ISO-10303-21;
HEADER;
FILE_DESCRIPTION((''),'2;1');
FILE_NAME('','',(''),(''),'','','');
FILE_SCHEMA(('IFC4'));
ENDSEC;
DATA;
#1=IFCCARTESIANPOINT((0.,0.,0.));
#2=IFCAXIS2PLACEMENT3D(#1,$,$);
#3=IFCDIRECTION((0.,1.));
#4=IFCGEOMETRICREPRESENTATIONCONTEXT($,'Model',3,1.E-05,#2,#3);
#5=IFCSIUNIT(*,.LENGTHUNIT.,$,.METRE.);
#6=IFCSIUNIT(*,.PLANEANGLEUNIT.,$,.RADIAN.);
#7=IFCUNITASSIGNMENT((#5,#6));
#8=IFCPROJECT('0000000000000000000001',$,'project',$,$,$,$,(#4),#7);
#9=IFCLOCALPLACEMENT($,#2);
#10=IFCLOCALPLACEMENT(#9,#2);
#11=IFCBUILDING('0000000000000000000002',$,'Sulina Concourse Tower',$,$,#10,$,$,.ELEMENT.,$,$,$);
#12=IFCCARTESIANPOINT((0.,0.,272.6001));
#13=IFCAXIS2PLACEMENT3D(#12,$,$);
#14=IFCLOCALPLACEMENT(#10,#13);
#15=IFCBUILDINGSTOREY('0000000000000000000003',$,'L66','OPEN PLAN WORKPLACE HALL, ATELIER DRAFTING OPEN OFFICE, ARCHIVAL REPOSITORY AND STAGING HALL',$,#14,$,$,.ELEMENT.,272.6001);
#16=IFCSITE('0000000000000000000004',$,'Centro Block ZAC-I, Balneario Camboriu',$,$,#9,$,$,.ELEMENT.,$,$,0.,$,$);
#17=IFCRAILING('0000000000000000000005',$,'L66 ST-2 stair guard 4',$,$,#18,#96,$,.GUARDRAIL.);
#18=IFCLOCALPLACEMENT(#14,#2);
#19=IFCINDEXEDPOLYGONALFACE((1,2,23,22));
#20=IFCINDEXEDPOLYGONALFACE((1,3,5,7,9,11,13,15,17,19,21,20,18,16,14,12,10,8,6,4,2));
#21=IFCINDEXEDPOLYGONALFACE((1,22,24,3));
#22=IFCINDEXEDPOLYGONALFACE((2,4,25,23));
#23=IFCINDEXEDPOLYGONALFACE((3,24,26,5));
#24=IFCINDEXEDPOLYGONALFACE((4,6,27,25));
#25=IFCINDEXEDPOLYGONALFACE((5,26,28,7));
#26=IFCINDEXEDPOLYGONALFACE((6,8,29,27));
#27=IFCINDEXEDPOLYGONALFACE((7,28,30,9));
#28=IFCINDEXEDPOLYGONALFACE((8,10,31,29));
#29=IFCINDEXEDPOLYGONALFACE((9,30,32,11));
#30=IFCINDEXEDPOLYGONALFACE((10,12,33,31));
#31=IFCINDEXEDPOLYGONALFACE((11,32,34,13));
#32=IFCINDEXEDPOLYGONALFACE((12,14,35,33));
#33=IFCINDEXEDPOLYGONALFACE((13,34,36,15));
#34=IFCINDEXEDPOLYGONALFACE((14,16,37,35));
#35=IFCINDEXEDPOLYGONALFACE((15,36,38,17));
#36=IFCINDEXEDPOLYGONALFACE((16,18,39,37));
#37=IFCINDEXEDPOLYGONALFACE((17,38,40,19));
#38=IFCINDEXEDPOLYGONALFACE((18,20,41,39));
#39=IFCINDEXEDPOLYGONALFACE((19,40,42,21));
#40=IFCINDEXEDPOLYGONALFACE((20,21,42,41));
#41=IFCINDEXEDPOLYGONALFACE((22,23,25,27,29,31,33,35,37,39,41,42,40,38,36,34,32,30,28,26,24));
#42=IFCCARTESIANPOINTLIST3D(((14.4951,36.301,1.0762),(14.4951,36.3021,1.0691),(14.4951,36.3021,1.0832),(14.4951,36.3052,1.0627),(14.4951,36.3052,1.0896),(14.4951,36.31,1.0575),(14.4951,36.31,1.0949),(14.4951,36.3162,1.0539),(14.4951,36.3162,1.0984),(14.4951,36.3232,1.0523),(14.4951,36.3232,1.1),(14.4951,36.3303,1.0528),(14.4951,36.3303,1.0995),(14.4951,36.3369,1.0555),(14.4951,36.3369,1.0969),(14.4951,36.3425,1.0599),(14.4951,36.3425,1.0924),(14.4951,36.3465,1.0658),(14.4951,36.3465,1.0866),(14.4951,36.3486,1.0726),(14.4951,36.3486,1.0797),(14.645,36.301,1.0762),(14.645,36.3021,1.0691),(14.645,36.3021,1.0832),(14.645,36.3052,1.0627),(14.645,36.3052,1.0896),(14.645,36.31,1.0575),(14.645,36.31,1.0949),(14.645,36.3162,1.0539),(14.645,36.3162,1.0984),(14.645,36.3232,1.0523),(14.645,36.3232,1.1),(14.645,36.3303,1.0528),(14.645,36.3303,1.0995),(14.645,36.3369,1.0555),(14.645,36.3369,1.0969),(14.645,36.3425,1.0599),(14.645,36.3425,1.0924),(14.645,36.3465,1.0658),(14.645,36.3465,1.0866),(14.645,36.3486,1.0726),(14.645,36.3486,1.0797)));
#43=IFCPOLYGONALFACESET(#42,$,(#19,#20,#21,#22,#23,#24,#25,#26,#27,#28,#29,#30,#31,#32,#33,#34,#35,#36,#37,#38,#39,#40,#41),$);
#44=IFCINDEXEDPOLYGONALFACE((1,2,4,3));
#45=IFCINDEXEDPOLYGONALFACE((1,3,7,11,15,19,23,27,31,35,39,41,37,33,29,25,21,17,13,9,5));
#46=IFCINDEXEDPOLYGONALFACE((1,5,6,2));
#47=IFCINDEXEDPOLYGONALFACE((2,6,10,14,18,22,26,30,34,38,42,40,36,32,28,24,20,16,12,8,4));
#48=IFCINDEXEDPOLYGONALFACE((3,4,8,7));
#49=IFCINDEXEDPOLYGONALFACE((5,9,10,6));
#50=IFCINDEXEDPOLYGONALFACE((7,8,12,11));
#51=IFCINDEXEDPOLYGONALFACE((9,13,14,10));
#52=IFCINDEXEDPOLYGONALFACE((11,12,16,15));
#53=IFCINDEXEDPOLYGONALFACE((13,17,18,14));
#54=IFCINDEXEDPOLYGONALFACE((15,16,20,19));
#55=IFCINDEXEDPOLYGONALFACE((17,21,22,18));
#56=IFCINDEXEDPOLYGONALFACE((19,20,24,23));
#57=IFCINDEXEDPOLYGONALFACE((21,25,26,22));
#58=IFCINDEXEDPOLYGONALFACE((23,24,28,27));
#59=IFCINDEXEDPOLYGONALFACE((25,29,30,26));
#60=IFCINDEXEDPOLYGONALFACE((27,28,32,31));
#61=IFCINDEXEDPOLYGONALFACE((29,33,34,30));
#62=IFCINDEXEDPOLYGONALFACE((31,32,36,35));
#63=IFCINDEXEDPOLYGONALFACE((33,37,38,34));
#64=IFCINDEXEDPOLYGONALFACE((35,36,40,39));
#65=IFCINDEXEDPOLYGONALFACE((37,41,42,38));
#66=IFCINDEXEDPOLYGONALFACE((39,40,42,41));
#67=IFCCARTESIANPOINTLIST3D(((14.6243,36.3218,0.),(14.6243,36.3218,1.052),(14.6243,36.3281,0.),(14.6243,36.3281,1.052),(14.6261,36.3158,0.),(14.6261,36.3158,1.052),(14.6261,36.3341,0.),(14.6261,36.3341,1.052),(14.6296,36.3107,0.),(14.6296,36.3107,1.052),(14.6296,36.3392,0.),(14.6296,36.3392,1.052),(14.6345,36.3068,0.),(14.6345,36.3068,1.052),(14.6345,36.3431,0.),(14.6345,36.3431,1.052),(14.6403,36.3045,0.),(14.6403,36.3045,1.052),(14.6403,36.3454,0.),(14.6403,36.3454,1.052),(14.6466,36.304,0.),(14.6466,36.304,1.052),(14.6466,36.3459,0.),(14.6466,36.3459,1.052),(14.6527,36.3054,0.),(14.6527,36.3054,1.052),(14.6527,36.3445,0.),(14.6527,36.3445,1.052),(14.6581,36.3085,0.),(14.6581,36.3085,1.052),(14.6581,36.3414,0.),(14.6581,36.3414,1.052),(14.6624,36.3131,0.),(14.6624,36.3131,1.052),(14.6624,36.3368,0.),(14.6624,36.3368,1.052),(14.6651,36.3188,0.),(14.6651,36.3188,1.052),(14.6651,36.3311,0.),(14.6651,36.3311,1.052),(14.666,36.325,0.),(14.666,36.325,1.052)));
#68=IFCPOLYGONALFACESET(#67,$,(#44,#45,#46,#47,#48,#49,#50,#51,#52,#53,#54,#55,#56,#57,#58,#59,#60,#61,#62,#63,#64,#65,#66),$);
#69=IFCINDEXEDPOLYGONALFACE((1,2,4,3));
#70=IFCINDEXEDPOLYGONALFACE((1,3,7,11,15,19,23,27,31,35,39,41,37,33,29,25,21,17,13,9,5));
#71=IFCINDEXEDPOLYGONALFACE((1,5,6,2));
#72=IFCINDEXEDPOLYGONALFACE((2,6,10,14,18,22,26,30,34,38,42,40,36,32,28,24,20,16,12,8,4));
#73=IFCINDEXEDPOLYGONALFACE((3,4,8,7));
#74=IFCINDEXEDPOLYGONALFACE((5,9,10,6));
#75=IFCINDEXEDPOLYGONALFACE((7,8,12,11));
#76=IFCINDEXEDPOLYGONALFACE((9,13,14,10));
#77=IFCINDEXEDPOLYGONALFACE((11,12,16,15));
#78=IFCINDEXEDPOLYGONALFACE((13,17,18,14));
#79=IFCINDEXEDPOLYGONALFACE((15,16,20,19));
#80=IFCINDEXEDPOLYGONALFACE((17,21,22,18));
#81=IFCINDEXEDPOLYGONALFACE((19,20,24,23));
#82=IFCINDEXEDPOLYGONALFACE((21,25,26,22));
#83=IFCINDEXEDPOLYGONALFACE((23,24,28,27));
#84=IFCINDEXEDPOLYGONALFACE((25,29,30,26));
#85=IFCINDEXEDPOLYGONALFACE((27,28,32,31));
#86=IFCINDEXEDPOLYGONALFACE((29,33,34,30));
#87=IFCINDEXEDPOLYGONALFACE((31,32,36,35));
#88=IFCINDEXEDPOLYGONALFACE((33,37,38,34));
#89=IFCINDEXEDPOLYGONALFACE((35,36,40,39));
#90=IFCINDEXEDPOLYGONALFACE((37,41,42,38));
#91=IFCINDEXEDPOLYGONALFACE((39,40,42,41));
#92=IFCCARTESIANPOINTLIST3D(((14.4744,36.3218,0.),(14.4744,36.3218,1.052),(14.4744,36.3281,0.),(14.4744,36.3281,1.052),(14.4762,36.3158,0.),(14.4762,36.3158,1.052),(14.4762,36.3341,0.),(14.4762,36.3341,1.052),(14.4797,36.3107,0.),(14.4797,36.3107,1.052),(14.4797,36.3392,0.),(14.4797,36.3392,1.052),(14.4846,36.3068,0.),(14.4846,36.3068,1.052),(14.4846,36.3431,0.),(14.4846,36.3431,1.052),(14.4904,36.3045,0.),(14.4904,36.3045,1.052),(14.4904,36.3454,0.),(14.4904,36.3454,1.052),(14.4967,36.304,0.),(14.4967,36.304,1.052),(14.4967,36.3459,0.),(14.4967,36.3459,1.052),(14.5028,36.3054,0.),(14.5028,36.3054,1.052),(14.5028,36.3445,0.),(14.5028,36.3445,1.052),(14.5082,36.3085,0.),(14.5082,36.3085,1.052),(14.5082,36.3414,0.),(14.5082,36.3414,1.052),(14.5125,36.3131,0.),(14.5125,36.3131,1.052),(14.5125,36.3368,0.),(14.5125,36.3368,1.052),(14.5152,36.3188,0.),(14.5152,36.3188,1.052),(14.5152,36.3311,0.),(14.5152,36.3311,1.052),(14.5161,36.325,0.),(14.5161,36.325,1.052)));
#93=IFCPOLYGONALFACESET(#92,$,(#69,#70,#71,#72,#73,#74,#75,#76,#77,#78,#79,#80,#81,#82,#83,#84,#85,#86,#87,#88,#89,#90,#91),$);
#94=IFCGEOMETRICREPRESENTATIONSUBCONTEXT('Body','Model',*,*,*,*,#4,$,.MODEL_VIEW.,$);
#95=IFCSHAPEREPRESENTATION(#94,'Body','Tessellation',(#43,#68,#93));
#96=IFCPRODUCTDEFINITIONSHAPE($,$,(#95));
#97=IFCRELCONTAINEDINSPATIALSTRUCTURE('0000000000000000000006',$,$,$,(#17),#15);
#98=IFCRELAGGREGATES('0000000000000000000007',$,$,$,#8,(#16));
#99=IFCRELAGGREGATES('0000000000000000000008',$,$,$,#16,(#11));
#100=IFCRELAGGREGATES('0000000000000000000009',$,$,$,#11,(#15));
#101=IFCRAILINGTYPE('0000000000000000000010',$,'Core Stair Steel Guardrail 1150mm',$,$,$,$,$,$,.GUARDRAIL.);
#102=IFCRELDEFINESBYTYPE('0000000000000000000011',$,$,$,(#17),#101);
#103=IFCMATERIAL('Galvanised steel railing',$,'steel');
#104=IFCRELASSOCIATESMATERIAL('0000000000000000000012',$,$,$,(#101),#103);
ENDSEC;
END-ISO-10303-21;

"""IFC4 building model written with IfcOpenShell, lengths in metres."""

from ifc_helpers import new_model, si_unit, direction, frame, origin, origin_2d, place, context, subcontext, project, spatial, circle, extrude, material, type_object, element, save


model = new_model("IFC4")

# Units and contexts
model_context = context("Model", 3, precision=1e-05, world=origin(), true_north=direction((0.0, 1.0)))
body_context = subcontext(model_context, "Body", "Model", "MODEL_VIEW")
ifc_project = project(units=[si_unit("LENGTHUNIT", "METRE"), si_unit("PLANEANGLEUNIT", "RADIAN")], contexts=[model_context])

# Site, building, storey
site_placement = place(None, origin())
site = spatial("IfcSite", under=ifc_project, at=site_placement, Name="Centro Block ZAC-I, Balneario Camboriu", CompositionType="ELEMENT", RefElevation=0.0)
building_placement = place(site_placement, origin())
building = spatial("IfcBuilding", under=site, at=building_placement, Name="Sulina Concourse Tower", CompositionType="ELEMENT")
storey_placement = place(building_placement, frame((0.0, 0.0, 272.6001)))
storey = spatial("IfcBuildingStorey", under=building, at=storey_placement, Name="L66", Description="OPEN PLAN WORKPLACE HALL, ATELIER DRAFTING OPEN OFFICE, ARCHIVAL REPOSITORY AND STAGING HALL", CompositionType="ELEMENT", Elevation=272.6001)

# Railing
ifc_material_1 = material(Name="Galvanised steel railing", Category="steel")
railing_type = type_object("IfcRailingType", Name="Core Stair Steel Guardrail 1150mm", PredefinedType="GUARDRAIL", material=ifc_material_1)
railing_placement = place(storey_placement, frame((14.645, 36.325, 0.0)))
element("IfcRailing", 1, at=railing_placement, inside=storey, type_object=railing_type, Name="L66 ST-2 stair guard 4", PredefinedType="GUARDRAIL", context=body_context, shape_type="SweptSolid", body=[
    extrude(circle(Radius=0.0239, at=origin_2d()), frame((0.0, 0.0, 1.0762), z_axis=(-1.0, 0.0, 0.0), x_axis=(0.0, -1.0, 0.0)), (0.0, 0.0, 1.0), 0.1499),
    extrude(circle(Radius=0.021, at=origin_2d()), origin(), (0.0, 0.0, 1.0), 1.052),
    extrude(circle(Radius=0.021, at=origin_2d()), frame((-0.1499, 0.0, 0.0)), (0.0, 0.0, 1.0), 1.052),
])

save(model, "model.ifc")
